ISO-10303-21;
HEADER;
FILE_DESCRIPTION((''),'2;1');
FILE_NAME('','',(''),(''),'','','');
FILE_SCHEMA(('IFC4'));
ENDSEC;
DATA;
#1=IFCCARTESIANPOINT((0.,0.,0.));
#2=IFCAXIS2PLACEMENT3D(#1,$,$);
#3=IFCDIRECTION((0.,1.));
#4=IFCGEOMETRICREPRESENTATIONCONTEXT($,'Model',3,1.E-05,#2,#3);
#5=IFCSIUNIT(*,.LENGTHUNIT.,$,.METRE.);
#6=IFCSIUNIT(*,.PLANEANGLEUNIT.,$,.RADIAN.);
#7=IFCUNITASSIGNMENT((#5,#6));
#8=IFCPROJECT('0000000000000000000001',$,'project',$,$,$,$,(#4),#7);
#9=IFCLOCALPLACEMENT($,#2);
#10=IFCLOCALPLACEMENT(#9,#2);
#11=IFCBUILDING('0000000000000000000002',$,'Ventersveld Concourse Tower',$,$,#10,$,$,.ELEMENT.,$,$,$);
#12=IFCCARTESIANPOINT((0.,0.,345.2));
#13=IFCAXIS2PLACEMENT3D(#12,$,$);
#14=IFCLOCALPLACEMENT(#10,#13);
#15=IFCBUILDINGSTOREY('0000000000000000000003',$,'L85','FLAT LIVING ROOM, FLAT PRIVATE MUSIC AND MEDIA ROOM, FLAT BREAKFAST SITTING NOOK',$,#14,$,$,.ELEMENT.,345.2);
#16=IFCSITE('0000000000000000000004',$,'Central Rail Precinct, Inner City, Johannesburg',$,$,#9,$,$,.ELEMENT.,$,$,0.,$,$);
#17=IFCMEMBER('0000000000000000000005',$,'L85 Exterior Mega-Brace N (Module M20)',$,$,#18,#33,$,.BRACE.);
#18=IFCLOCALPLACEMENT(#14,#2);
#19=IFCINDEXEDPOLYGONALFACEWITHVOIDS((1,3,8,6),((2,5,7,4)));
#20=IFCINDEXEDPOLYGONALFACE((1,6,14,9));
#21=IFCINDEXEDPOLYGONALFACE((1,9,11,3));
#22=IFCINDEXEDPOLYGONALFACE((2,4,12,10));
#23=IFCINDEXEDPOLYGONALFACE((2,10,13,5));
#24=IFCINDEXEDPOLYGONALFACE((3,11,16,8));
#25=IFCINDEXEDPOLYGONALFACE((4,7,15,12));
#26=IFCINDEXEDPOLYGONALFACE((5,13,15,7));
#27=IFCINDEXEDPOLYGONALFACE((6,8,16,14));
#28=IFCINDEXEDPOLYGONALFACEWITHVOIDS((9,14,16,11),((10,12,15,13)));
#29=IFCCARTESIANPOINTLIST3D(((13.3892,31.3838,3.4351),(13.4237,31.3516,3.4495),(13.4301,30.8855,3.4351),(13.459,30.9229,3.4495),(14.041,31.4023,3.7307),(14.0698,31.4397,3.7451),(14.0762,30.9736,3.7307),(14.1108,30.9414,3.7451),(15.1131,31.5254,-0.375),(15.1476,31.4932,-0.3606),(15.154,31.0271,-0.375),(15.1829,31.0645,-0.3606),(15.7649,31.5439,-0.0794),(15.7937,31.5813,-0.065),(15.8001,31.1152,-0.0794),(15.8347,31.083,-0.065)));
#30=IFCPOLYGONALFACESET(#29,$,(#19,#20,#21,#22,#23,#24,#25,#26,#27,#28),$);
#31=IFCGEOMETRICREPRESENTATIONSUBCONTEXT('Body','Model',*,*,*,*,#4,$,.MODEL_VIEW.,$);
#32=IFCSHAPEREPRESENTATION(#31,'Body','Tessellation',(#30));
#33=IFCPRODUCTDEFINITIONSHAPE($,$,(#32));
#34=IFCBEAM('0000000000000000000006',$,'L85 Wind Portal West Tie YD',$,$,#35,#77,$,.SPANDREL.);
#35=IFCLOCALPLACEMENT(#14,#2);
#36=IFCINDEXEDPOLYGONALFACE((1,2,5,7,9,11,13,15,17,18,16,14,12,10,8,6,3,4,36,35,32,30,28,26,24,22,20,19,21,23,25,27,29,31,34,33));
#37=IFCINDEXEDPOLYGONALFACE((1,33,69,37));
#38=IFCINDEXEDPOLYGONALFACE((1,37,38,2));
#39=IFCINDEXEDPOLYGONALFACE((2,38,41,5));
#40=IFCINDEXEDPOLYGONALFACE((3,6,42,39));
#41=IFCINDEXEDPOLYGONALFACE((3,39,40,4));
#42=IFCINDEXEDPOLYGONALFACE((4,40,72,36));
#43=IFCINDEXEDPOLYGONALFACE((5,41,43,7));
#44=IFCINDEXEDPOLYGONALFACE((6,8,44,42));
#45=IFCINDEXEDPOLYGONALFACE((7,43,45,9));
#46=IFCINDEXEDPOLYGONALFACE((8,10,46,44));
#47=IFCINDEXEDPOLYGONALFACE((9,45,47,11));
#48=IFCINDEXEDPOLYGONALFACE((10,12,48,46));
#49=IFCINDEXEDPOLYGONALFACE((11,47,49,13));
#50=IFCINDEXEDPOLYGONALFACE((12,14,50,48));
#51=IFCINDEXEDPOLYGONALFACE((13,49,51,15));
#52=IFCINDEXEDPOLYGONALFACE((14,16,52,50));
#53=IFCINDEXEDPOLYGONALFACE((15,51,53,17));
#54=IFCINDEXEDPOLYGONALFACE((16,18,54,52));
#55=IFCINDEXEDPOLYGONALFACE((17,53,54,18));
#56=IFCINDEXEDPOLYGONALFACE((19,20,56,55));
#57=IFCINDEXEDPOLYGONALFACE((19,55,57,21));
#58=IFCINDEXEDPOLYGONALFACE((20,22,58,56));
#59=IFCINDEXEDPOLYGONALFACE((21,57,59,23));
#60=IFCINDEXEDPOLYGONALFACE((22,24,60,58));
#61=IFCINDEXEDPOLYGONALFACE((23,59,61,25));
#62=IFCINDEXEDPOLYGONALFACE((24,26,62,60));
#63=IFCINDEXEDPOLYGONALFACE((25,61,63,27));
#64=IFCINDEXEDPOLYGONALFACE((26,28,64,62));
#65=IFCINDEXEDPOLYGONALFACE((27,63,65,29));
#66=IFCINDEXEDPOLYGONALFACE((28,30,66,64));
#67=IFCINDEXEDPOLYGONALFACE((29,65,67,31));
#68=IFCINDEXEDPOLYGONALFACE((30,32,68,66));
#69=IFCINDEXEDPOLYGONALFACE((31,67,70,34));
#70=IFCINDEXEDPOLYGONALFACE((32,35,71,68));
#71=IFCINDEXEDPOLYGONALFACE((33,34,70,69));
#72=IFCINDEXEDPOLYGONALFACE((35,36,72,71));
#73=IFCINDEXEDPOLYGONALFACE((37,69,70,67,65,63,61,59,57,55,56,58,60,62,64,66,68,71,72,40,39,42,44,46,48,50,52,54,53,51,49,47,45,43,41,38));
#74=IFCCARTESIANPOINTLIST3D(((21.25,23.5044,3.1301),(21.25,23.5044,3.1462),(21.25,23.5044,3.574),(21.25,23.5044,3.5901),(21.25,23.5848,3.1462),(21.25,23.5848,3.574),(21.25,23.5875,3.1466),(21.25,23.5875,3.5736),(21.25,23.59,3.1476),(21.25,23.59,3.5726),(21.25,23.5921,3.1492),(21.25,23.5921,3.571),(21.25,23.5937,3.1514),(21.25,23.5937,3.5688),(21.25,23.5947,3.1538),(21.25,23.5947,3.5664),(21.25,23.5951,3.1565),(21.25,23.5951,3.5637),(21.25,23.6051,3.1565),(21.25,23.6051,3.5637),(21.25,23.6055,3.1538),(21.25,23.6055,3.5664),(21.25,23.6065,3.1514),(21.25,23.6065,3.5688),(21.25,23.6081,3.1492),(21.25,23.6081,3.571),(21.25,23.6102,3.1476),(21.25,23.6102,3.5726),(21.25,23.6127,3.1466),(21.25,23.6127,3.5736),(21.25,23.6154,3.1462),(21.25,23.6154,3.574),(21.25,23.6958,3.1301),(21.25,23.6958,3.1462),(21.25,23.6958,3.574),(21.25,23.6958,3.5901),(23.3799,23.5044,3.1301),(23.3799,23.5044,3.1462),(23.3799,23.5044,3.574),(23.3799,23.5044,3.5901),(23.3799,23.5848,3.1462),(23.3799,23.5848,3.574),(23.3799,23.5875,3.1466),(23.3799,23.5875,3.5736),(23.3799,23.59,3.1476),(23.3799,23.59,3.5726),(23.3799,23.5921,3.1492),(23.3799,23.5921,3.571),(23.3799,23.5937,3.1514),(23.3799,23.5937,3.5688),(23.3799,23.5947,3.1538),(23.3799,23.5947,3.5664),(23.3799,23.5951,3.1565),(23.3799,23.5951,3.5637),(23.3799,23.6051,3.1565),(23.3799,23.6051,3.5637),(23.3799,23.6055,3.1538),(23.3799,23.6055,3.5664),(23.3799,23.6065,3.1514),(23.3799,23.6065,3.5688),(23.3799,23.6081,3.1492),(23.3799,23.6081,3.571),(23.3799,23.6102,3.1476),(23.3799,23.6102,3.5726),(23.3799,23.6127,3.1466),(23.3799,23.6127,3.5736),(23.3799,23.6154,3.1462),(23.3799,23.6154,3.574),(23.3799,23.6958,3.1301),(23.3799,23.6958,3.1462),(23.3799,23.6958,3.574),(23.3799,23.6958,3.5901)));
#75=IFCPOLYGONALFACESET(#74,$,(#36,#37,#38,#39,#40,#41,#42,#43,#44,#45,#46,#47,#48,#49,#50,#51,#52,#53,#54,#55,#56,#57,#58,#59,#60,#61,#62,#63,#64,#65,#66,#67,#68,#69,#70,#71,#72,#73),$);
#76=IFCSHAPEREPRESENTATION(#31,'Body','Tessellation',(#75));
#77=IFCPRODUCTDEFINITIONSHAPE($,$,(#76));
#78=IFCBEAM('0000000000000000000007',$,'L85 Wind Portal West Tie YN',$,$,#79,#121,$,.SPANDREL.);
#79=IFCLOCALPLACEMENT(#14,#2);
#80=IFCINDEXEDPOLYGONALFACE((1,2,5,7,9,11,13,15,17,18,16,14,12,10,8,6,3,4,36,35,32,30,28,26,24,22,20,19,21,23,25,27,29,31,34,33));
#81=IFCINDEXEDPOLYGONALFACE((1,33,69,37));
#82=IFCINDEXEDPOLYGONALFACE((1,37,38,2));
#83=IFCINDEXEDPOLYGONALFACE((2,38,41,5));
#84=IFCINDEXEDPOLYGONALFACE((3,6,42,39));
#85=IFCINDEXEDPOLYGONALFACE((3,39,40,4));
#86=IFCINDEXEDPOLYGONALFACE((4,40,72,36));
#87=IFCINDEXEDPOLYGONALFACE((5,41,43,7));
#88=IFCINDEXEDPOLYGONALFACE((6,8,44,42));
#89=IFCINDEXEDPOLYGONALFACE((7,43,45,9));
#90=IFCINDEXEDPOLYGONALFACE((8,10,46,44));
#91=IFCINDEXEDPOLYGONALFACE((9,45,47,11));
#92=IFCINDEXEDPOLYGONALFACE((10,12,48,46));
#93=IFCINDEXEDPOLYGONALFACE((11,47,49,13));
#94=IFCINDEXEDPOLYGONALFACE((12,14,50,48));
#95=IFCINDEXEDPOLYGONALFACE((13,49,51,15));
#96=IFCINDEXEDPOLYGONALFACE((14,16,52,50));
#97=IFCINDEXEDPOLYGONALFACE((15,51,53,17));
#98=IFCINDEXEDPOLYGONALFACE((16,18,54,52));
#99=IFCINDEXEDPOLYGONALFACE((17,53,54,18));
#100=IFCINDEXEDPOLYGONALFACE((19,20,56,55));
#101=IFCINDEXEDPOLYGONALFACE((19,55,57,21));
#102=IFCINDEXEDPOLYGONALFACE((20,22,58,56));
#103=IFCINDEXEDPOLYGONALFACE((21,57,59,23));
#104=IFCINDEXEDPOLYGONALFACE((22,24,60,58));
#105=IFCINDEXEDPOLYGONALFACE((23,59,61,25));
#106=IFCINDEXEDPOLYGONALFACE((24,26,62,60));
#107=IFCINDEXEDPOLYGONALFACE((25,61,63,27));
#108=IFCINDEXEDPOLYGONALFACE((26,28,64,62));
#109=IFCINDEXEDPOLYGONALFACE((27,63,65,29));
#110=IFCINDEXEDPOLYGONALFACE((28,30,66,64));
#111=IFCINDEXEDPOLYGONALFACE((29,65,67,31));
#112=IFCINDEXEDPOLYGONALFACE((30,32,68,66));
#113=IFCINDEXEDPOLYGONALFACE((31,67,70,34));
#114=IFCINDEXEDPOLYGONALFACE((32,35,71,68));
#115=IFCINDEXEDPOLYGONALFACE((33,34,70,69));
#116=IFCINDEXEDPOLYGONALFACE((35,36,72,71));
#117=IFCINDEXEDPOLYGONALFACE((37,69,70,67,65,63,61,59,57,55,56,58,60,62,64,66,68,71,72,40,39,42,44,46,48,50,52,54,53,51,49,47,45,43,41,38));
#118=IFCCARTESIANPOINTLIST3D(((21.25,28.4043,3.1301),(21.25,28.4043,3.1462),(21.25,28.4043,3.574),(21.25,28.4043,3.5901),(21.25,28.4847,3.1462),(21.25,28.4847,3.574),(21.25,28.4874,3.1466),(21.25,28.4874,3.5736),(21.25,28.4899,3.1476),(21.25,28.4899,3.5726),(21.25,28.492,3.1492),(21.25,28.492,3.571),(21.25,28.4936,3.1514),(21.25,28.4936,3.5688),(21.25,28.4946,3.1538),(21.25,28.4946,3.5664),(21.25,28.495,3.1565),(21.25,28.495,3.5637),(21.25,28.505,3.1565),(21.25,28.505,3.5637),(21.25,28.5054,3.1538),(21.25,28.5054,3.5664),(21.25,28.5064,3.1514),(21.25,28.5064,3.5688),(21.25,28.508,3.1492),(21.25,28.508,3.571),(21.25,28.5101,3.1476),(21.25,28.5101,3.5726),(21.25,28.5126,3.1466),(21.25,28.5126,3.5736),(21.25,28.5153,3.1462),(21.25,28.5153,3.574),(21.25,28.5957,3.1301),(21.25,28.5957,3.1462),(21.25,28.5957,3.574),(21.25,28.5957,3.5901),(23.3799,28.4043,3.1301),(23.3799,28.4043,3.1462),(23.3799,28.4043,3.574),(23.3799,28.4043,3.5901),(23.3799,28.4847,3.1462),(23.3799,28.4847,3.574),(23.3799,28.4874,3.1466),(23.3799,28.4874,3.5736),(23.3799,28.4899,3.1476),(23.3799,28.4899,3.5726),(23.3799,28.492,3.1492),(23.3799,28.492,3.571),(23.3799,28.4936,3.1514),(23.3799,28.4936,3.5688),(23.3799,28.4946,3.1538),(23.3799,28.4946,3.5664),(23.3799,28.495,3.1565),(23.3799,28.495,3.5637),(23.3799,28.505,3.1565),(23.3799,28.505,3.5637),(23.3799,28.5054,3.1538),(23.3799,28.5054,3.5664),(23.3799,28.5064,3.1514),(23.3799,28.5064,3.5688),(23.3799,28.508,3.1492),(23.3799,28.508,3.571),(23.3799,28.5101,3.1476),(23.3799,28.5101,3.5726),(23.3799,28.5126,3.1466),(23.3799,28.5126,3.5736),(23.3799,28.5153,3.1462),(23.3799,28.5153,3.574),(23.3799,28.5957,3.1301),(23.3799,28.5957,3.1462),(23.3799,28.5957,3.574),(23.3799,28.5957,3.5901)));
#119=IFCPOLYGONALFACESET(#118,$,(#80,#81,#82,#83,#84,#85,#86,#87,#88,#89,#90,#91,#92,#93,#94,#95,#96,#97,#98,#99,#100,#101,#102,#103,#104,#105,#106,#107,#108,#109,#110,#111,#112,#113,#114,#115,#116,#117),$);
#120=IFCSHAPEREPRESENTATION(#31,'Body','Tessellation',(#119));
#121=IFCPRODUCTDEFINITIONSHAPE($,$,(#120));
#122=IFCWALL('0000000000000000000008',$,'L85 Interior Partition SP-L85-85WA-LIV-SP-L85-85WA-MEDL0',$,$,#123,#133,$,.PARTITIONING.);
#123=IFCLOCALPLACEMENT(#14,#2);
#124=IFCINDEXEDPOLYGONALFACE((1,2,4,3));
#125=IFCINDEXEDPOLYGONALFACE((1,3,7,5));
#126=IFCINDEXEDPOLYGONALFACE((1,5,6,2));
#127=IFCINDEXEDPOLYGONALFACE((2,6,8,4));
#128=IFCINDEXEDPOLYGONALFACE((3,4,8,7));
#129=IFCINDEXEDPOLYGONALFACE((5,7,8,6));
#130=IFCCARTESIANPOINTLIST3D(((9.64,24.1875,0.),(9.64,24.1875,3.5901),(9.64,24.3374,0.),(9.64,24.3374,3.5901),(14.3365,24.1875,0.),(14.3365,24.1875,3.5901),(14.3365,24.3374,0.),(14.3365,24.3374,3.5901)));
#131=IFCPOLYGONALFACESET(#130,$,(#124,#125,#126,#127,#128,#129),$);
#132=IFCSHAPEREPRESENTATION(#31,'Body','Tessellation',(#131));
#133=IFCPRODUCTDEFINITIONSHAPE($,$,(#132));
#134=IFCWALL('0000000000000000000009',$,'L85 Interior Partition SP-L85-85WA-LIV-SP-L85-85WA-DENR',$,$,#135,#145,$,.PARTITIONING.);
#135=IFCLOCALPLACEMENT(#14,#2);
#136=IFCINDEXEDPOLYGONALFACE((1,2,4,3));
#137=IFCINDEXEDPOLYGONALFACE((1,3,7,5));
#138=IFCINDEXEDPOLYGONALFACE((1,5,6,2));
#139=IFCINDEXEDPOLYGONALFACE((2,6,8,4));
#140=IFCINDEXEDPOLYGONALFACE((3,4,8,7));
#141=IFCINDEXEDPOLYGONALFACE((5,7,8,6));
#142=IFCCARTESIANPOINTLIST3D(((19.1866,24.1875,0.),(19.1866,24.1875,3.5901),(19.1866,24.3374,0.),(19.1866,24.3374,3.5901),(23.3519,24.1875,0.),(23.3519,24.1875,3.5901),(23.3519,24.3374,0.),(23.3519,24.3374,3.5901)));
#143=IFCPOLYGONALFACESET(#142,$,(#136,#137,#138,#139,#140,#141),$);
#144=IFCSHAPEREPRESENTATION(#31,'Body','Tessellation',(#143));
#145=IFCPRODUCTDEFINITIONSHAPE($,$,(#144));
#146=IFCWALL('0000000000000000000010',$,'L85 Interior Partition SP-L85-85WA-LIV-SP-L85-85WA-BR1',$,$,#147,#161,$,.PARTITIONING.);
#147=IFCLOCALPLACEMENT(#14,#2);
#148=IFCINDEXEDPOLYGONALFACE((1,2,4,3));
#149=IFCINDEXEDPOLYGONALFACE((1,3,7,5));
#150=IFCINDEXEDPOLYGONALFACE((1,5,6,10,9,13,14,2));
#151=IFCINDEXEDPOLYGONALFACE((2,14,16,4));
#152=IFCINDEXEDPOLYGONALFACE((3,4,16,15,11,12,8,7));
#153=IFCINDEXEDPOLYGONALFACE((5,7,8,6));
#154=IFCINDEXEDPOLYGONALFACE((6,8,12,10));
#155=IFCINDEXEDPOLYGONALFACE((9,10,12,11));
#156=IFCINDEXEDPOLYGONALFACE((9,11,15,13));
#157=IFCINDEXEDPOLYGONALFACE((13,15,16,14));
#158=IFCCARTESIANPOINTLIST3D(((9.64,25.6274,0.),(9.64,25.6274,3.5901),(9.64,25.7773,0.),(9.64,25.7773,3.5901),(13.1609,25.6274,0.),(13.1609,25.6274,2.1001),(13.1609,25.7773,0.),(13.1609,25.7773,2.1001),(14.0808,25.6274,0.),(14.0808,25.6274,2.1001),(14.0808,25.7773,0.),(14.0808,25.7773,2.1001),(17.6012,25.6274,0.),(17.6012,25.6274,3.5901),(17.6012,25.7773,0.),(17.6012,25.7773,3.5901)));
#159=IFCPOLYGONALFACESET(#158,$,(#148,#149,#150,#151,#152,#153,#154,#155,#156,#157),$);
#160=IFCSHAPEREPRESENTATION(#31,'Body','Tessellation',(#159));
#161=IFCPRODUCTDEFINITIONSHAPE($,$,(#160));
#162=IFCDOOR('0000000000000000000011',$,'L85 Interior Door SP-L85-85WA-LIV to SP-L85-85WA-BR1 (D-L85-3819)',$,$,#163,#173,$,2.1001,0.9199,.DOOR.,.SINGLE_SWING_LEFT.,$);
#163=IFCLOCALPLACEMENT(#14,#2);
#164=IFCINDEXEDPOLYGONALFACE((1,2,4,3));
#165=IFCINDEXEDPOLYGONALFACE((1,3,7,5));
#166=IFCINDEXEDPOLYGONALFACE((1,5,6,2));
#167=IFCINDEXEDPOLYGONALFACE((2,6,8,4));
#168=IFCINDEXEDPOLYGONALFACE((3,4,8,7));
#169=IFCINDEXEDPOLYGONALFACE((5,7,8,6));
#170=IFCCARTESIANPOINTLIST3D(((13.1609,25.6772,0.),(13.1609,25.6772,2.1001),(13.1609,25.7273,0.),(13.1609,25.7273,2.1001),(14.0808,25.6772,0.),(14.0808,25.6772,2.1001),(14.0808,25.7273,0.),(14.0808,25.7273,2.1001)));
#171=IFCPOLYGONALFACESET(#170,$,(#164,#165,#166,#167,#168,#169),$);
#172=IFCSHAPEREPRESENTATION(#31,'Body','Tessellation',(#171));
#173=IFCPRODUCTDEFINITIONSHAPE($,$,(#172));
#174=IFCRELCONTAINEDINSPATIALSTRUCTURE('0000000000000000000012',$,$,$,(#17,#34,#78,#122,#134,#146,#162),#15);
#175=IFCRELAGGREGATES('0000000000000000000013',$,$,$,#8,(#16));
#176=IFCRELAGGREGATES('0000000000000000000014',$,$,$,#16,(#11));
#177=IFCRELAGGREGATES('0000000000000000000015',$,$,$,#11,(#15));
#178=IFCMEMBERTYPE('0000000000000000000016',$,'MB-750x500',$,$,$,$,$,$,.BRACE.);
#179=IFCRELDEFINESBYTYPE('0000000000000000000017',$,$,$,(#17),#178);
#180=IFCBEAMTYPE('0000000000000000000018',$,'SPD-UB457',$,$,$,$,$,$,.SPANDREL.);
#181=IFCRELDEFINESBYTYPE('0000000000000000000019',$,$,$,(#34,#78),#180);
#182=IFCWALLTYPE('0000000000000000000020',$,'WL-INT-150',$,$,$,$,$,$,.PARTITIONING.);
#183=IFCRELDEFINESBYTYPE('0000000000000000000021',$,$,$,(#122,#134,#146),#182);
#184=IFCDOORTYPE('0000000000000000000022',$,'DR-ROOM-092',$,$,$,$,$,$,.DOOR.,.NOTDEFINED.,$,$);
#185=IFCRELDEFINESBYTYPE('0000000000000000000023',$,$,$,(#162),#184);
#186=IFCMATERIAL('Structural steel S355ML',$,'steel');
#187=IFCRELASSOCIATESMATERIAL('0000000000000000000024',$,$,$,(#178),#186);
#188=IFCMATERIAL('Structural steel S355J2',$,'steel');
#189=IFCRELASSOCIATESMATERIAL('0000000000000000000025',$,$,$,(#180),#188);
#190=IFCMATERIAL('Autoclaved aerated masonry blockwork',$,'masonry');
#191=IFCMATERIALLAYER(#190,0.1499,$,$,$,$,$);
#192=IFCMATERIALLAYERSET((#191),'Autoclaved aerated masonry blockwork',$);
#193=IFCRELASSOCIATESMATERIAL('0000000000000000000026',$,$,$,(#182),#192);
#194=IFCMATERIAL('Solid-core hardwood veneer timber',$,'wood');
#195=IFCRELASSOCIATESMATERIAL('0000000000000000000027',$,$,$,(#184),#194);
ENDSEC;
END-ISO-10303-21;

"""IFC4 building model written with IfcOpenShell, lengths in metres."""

from ifc_helpers import new_model, si_unit, direction, frame, frame_2d, origin, origin_2d, place, context, subcontext, project, spatial, rectangle, hollow_rectangle, i_section, extrude, material, layer, layer_set, material_profile, profile_set, type_object, element, fill, save


model = new_model("IFC4")

# Units and contexts
model_context = context("Model", 3, precision=1e-05, world=origin(), true_north=direction((0.0, 1.0)))
body_context = subcontext(model_context, "Body", "Model", "MODEL_VIEW")
ifc_project = project(units=[si_unit("LENGTHUNIT", "METRE"), si_unit("PLANEANGLEUNIT", "RADIAN")], contexts=[model_context])

# Site, building, storey
site_placement = place(None, origin())
site = spatial("IfcSite", under=ifc_project, at=site_placement, Name="Central Rail Precinct, Inner City, Johannesburg", CompositionType="ELEMENT", RefElevation=0.0)
building_placement = place(site_placement, origin())
building = spatial("IfcBuilding", under=site, at=building_placement, Name="Ventersveld Concourse Tower", CompositionType="ELEMENT")
storey_placement = place(building_placement, frame((0.0, 0.0, 345.2)))
storey = spatial("IfcBuildingStorey", under=building, at=storey_placement, Name="L85", Description="FLAT LIVING ROOM, FLAT PRIVATE MUSIC AND MEDIA ROOM, FLAT BREAKFAST SITTING NOOK", CompositionType="ELEMENT", Elevation=345.2)

# Shared definitions
ifc_material_1 = material(Name="Structural steel S355J2", Category="steel")

# Member
ifc_material_2 = material(Name="Structural steel S355ML", Category="steel")
ifc_material_profile_1 = material_profile(ifc_material_2, hollow_rectangle(XDim=0.5, YDim=0.75, WallThickness=0.0349, at=origin_2d()), Name="BOX 750x500x35")
ifc_profile_set_1 = profile_set([ifc_material_profile_1], Name="Structural steel S355ML")
member_type = type_object("IfcMemberType", Name="MB-750x500", PredefinedType="BRACE", material=ifc_profile_set_1)
member_placement = place(storey_placement, frame((15.4739, 31.3042, -0.22), z_axis=(-0.411987, -0.033841, 0.910561), x_axis=(0.081866, -0.996643, 0.0)))
element("IfcMember", 1, at=member_placement, inside=storey, type_object=member_type, Name="L85 Exterior Mega-Brace N (Module M20)", PredefinedType="BRACE", context=body_context, shape_type="SweptSolid", body=[
    extrude(hollow_rectangle(XDim=0.5, YDim=0.75, WallThickness=0.0349, at=origin_2d()), origin(), (0.0, 0.0, 1.0), 4.1843),
])

# Beams
ifc_material_profile_2 = material_profile(ifc_material_1, i_section(OverallWidth=0.1914, OverallDepth=0.46, WebThickness=0.01, FlangeThickness=0.0161, FilletRadius=0.0103, at=origin_2d()), Name="UB 457x191x82")
ifc_profile_set_2 = profile_set([ifc_material_profile_2], Name="Structural steel S355J2")
beam_type_1 = type_object("IfcBeamType", Name="SPD-UB457", PredefinedType="SPANDREL", material=ifc_profile_set_2)
for number, where, z_axis, x_axis, name in (
    (2, (21.25, 23.6001, 3.3601), (1.0, 0.0, 0.0), (0.0, 1.0, 0.0), "L85 Wind Portal West Tie YD"),
    (3, (21.25, 28.5, 3.3601), (1.0, 0.0, 0.0), (0.0, 1.0, 0.0), "L85 Wind Portal West Tie YN"),
):
    element("IfcBeam", number, at=place(storey_placement, frame(where, z_axis=z_axis, x_axis=x_axis)), inside=storey, type_object=beam_type_1, Name=name, PredefinedType="SPANDREL", context=body_context, shape_type="SweptSolid", body=[
        extrude(i_section(OverallWidth=0.1914, OverallDepth=0.46, WebThickness=0.01, FlangeThickness=0.0161, FilletRadius=0.0103, at=origin_2d()), origin(), (0.0, 0.0, 1.0), 2.1299),
    ])

# Walls
ifc_material_3 = material(Name="Autoclaved aerated masonry blockwork", Category="masonry")
ifc_layer_1 = layer(ifc_material_3, 0.1499)
ifc_layer_set_1 = layer_set([ifc_layer_1], Name="Autoclaved aerated masonry blockwork")
wall_type_1 = type_object("IfcWallType", Name="WL-INT-150", PredefinedType="PARTITIONING", material=ifc_layer_set_1)
wall_1_placement = place(storey_placement, frame((9.6401, 24.2625, 0.0), z_axis=(0.0, 0.0, 1.0), x_axis=(1.0, 0.0, 0.0)))
element("IfcWall", 4, at=wall_1_placement, inside=storey, type_object=wall_type_1, Name="L85 Interior Partition SP-L85-85WA-LIV-SP-L85-85WA-MEDL0", PredefinedType="PARTITIONING", context=body_context, shape_type="SweptSolid", body=[
    extrude(rectangle(XDim=4.6965, YDim=0.1499, at=frame_2d((2.3481, 0.0))), origin(), (0.0, 0.0, 1.0), 3.5901),
])
wall_2_placement = place(storey_placement, frame((19.1868, 24.2625, 0.0), z_axis=(0.0, 0.0, 1.0), x_axis=(1.0, 0.0, 0.0)))
element("IfcWall", 5, at=wall_2_placement, inside=storey, type_object=wall_type_1, Name="L85 Interior Partition SP-L85-85WA-LIV-SP-L85-85WA-DENR", PredefinedType="PARTITIONING", context=body_context, shape_type="SweptSolid", body=[
    extrude(rectangle(XDim=4.1653, YDim=0.1499, at=frame_2d((2.0825, 0.0))), origin(), (0.0, 0.0, 1.0), 3.5901),
])

# Wall, opening, door
wall_3_placement = place(storey_placement, frame((9.6401, 25.7024, 0.0), z_axis=(0.0, 0.0, 1.0), x_axis=(1.0, 0.0, 0.0)))
wall_3 = element("IfcWall", 6, at=wall_3_placement, inside=storey, type_object=wall_type_1, Name="L85 Interior Partition SP-L85-85WA-LIV-SP-L85-85WA-BR1", PredefinedType="PARTITIONING", context=body_context, shape_type="SweptSolid", body=[
    extrude(rectangle(XDim=7.9612, YDim=0.1499, at=frame_2d((3.9805, 0.0))), origin(), (0.0, 0.0, 1.0), 3.5901),
])
opening_1_placement = place(wall_3_placement, frame((3.5208, 0.0, 0.0)))
opening_1 = element("IfcOpeningElement", 7, at=opening_1_placement, cuts=wall_3, PredefinedType="OPENING", context=body_context, shape_type="SweptSolid", body=[
    extrude(rectangle(XDim=0.9199, YDim=2.1001, at=frame_2d((0.46, 1.05))), frame((0.0, 0.085, 0.0), z_axis=(0.0, -1.0, 0.0), x_axis=(1.0, 0.0, 0.0)), (0.0, 0.0, 1.0), 0.1699),
])
ifc_material_4 = material(Name="Solid-core hardwood veneer timber", Category="wood")
door_type = type_object("IfcDoorType", Name="DR-ROOM-092", OperationType="NOTDEFINED", PredefinedType="DOOR", material=ifc_material_4)
door_1_placement = place(opening_1_placement, origin())
door_1 = element("IfcDoor", 8, at=door_1_placement, inside=storey, type_object=door_type, Name="L85 Interior Door SP-L85-85WA-LIV to SP-L85-85WA-BR1 (D-L85-3819)", OperationType="SINGLE_SWING_LEFT", OverallHeight=2.1001, OverallWidth=0.9199, PredefinedType="DOOR", context=body_context, shape_type="SweptSolid", body=[
    extrude(rectangle(XDim=0.9199, YDim=2.1001, at=frame_2d((0.46, 1.05))), frame((0.0, 0.0249, 0.0), z_axis=(0.0, -1.0, 0.0), x_axis=(1.0, 0.0, 0.0)), (0.0, 0.0, 1.0), 0.05),
])
fill(opening_1, door_1)

save(model, "model.ifc")
